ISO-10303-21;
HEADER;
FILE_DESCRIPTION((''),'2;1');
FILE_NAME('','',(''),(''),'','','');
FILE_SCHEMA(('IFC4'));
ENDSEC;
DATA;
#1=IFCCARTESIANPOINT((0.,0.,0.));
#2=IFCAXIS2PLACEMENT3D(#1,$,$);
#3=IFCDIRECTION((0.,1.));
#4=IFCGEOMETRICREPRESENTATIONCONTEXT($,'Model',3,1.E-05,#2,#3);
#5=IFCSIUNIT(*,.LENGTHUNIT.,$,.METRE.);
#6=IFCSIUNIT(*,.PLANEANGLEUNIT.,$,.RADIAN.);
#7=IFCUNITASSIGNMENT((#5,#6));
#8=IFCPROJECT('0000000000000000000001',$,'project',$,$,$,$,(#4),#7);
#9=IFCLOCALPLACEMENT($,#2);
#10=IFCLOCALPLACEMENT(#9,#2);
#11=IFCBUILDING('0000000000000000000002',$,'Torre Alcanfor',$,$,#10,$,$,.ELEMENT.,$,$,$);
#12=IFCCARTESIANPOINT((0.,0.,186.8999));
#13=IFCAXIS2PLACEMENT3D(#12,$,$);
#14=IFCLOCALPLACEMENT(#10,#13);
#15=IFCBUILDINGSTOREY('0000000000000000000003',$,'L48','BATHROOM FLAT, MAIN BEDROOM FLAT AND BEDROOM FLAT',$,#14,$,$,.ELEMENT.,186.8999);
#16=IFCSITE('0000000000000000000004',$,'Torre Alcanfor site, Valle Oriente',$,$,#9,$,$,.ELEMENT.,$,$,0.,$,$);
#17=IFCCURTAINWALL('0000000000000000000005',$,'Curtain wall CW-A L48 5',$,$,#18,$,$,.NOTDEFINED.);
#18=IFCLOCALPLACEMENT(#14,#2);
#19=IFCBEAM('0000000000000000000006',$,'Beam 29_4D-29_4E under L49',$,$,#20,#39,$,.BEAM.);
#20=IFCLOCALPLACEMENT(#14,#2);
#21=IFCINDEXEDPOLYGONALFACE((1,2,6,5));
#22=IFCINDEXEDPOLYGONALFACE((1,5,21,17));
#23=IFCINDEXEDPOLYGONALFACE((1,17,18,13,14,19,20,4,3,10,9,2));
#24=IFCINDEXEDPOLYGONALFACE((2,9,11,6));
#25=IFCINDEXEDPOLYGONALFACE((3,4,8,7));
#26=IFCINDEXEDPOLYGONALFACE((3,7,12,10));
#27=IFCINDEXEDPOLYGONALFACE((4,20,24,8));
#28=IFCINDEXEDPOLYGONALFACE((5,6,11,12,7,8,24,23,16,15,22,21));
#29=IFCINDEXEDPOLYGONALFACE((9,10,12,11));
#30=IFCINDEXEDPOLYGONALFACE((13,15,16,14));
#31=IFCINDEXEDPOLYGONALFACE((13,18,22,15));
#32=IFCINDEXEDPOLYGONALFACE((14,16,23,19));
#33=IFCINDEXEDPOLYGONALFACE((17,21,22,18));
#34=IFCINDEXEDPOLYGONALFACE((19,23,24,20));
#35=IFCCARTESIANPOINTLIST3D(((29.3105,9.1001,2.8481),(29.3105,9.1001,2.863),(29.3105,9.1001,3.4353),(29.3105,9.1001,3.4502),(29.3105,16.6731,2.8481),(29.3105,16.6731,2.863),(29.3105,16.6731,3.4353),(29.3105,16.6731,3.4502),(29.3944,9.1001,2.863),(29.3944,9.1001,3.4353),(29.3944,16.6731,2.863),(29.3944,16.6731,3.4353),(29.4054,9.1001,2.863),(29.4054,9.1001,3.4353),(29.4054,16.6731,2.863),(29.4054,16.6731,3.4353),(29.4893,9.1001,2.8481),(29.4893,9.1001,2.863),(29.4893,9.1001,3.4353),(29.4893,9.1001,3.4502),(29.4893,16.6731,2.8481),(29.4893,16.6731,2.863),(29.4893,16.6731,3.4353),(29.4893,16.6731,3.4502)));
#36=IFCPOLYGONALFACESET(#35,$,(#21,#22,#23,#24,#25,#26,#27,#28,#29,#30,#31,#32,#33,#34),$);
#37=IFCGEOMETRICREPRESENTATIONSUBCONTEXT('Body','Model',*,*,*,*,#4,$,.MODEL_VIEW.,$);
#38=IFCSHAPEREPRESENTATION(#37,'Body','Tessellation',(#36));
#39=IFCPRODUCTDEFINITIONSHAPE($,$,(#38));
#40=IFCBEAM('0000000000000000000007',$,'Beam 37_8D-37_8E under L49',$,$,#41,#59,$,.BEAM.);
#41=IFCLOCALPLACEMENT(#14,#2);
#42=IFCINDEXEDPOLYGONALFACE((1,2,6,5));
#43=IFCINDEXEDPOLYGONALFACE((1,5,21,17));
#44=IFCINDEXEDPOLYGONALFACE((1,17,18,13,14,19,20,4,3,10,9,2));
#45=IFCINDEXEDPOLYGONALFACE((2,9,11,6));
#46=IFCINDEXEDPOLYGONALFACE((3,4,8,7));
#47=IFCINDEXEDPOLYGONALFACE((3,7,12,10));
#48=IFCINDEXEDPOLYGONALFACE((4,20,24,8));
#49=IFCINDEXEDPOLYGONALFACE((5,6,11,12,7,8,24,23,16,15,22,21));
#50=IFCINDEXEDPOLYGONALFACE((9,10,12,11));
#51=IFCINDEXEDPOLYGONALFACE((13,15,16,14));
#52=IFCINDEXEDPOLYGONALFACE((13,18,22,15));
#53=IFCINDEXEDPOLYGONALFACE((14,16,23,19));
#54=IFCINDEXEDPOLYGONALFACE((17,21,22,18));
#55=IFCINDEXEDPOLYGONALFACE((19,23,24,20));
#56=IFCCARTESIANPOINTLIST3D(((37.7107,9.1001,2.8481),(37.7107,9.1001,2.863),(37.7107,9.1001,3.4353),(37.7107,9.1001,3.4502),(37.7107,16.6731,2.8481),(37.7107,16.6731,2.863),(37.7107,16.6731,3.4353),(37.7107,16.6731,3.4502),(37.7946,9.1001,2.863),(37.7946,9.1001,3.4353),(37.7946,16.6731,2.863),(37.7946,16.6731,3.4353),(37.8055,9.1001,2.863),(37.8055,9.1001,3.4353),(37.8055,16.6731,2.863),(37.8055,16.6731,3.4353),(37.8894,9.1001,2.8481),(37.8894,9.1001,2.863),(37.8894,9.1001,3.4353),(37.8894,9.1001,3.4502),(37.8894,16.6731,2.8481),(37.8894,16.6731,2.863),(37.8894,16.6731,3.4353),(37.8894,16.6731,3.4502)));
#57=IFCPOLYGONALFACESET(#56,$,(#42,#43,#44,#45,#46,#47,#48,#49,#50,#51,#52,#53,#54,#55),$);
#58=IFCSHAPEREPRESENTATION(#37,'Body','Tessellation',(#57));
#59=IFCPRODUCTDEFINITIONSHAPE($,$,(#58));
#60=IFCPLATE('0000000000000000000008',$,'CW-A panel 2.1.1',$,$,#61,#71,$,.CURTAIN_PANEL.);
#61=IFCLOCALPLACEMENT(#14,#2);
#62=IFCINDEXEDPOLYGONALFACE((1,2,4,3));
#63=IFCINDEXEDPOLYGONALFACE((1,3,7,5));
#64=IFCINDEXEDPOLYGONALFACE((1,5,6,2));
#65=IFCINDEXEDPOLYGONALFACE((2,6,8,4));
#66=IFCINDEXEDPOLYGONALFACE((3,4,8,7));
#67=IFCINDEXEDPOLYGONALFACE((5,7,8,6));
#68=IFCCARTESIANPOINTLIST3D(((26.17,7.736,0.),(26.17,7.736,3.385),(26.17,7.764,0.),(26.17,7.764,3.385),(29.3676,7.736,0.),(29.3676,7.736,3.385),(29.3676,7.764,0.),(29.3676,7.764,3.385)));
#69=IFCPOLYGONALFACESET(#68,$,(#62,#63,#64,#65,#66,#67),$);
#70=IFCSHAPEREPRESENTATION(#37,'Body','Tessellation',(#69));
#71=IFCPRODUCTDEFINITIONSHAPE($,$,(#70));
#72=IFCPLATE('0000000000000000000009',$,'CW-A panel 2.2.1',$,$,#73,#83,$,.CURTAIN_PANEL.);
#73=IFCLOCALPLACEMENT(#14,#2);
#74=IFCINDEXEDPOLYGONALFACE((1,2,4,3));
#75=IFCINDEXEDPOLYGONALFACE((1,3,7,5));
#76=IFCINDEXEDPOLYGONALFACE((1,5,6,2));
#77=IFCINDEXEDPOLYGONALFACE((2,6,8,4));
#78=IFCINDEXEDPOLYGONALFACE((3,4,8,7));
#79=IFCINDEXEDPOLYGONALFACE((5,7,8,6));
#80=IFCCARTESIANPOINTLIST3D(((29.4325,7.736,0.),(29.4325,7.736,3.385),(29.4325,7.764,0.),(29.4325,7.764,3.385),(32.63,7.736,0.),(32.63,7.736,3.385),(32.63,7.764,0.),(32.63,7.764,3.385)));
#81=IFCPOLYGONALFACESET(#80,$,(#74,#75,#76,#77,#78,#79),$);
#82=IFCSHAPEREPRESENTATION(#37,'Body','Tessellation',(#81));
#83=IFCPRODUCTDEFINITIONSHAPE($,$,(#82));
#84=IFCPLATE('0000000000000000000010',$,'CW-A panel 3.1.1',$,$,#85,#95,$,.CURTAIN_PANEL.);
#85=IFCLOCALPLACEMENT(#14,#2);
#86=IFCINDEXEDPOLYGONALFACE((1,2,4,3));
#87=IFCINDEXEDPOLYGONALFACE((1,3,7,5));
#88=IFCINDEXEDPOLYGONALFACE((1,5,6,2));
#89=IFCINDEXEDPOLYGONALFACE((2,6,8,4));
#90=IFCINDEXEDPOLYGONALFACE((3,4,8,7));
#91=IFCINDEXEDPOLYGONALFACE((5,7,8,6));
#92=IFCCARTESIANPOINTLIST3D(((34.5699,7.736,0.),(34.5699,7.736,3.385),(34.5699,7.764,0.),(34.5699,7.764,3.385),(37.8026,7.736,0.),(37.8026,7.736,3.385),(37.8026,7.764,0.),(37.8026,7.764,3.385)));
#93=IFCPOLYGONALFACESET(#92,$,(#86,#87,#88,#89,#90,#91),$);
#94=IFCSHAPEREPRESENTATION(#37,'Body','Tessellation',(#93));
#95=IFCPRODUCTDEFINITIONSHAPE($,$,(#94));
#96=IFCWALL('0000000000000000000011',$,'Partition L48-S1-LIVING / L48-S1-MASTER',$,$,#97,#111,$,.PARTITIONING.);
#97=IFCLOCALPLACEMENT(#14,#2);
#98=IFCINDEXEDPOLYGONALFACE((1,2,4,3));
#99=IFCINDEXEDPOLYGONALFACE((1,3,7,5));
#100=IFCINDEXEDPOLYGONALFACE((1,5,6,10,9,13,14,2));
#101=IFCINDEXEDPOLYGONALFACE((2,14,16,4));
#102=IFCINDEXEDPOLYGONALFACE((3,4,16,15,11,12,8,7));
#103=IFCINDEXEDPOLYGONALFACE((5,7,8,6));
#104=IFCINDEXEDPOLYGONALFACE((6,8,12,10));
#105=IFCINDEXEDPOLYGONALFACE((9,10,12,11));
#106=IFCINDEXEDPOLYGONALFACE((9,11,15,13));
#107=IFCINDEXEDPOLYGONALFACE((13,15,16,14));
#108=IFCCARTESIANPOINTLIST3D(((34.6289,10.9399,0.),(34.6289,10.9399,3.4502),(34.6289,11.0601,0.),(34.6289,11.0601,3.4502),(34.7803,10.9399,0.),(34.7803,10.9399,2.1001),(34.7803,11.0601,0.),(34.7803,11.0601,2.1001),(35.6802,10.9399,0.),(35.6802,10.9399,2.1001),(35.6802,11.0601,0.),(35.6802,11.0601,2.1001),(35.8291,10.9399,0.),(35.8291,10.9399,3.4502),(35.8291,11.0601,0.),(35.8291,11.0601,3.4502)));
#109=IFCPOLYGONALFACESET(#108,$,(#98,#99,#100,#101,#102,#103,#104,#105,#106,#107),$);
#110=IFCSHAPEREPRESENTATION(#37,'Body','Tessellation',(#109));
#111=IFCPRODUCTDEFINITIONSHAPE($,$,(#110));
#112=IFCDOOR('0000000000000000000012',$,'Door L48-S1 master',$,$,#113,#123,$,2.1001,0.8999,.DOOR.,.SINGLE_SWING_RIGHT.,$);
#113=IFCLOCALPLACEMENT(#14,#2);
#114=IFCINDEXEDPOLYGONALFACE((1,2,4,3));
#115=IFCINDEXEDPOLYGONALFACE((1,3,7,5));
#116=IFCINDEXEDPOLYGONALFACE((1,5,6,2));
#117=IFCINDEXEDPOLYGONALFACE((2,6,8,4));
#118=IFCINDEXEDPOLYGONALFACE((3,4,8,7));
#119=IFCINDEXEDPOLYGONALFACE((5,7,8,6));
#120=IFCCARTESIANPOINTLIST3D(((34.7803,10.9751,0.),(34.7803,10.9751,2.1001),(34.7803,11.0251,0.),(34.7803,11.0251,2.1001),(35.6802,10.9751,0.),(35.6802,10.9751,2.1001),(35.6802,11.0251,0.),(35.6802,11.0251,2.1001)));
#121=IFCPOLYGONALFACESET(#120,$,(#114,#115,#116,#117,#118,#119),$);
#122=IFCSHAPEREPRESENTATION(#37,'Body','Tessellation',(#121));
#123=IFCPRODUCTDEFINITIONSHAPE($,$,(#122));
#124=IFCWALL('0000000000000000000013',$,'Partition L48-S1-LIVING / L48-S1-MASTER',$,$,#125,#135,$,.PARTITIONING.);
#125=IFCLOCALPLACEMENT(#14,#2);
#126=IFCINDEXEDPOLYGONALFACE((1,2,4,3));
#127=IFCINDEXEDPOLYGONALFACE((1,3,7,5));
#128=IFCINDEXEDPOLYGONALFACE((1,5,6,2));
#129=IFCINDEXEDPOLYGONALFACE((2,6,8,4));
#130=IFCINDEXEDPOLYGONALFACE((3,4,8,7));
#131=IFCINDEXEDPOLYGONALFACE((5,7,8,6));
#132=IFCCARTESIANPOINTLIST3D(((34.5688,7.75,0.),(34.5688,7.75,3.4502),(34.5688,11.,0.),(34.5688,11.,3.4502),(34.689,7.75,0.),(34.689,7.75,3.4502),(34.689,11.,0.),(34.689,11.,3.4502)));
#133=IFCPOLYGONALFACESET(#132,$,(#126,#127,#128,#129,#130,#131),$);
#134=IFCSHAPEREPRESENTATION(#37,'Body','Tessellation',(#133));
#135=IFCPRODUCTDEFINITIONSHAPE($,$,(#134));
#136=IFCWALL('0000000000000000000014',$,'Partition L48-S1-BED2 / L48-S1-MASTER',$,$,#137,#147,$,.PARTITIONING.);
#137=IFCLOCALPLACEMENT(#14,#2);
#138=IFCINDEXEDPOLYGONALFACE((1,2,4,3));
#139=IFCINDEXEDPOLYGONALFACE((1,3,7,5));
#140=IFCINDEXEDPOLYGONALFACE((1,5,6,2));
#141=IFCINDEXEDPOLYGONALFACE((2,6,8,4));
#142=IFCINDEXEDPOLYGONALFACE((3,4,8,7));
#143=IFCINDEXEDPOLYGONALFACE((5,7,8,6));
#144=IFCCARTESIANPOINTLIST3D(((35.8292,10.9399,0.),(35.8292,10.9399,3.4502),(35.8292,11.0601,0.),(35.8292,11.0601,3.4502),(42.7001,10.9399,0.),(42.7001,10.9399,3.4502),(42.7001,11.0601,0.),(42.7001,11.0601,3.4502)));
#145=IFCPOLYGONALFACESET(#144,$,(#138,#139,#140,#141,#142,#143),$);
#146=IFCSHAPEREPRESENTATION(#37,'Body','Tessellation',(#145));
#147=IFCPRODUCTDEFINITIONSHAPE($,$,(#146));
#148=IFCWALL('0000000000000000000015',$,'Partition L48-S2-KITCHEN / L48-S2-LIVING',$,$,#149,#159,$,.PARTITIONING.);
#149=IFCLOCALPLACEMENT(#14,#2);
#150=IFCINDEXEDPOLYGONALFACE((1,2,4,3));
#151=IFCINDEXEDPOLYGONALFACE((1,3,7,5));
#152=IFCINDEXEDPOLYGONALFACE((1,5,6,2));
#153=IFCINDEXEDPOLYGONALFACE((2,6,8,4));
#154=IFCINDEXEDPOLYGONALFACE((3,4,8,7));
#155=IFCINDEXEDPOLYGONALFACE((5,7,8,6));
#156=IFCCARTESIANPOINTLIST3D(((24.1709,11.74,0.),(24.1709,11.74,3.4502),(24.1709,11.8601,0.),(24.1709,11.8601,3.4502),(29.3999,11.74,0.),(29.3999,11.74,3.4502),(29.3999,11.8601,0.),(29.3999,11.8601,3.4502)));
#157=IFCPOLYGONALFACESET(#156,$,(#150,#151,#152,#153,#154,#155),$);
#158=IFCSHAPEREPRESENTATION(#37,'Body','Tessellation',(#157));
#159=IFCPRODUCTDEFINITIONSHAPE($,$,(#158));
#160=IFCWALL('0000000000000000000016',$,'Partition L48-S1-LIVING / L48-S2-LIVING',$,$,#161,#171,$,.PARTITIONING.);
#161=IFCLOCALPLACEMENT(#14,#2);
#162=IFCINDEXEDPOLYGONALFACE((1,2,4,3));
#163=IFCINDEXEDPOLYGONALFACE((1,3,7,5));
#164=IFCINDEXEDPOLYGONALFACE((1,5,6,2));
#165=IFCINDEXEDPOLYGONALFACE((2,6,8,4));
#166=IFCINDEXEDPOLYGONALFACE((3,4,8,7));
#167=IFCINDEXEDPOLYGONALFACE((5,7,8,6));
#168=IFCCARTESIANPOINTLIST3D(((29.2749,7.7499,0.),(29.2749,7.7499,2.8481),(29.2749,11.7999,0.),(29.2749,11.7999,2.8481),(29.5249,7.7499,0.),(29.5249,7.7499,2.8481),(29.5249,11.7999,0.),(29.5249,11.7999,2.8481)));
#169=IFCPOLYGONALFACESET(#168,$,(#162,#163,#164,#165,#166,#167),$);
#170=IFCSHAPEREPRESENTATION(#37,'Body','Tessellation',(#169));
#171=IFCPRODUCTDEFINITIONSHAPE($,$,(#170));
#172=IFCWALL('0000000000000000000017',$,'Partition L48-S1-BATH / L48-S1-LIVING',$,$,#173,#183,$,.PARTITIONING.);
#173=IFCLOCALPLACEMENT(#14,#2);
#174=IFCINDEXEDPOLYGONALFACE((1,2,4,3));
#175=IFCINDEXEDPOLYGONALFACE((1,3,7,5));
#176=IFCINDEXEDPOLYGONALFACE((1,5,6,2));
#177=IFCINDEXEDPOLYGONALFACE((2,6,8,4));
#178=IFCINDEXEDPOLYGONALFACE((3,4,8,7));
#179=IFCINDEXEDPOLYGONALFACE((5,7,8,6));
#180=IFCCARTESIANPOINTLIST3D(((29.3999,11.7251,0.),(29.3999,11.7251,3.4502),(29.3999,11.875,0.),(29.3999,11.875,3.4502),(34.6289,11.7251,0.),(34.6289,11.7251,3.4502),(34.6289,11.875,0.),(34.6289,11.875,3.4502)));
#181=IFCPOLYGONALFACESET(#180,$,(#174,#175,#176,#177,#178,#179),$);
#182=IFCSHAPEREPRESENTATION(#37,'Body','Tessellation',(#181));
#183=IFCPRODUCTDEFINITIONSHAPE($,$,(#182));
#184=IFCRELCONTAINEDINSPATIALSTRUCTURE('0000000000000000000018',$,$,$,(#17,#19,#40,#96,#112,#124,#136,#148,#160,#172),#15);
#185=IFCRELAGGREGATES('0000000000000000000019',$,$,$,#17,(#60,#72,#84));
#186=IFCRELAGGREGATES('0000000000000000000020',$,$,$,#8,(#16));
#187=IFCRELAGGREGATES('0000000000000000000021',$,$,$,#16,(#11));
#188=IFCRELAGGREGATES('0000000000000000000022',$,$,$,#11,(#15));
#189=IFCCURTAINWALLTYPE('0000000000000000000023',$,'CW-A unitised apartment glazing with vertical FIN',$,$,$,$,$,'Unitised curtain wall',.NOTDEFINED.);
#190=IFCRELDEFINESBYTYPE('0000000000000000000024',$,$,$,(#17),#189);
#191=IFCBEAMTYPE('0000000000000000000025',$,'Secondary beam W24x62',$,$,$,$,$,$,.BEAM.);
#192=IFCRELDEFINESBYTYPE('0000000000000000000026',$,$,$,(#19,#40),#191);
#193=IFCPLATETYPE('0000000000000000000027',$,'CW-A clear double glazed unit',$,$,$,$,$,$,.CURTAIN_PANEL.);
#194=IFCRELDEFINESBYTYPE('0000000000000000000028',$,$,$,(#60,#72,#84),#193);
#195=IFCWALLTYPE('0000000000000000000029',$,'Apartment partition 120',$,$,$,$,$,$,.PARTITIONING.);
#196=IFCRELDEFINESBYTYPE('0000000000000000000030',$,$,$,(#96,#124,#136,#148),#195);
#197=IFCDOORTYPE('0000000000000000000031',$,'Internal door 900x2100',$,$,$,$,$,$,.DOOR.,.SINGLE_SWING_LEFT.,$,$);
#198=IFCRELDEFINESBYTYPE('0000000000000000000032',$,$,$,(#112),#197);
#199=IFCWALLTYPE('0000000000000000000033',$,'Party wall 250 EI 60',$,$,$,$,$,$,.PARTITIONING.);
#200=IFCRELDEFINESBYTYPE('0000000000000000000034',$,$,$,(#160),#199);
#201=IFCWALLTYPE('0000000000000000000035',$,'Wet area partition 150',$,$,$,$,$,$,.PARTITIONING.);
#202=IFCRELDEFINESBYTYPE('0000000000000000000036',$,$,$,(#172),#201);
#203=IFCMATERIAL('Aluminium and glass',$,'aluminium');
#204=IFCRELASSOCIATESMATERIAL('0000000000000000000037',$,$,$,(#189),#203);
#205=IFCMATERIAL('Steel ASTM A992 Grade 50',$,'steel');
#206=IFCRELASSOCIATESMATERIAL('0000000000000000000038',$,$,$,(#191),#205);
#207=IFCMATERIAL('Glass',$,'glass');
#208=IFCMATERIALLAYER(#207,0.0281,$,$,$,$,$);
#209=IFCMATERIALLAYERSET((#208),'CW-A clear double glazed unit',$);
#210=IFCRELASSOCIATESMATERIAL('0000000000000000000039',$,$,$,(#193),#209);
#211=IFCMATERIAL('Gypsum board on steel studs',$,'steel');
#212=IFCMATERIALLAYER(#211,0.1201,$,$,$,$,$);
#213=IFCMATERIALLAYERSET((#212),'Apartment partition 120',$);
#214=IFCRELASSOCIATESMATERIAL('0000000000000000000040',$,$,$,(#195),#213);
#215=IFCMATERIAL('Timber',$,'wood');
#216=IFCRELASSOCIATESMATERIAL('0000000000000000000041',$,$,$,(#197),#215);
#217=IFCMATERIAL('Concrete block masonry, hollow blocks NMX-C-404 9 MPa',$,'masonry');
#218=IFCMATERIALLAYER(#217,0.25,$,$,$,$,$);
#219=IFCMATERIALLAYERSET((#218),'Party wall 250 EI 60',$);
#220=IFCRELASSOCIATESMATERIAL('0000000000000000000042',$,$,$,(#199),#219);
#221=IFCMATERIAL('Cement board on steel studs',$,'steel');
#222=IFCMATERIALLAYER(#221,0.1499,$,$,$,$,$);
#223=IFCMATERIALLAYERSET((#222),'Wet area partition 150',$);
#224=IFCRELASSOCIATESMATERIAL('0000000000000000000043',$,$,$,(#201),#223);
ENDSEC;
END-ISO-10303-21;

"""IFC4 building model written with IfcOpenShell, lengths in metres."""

from ifc_helpers import new_model, si_unit, direction, frame, frame_2d, origin, origin_2d, place, context, subcontext, project, spatial, rectangle, i_section, extrude, material, layer, layer_set, material_profile, profile_set, type_object, element, fill, aggregate, save


model = new_model("IFC4")

# Units and contexts
model_context = context("Model", 3, precision=1e-05, world=origin(), true_north=direction((0.0, 1.0)))
body_context = subcontext(model_context, "Body", "Model", "MODEL_VIEW")
ifc_project = project(units=[si_unit("LENGTHUNIT", "METRE"), si_unit("PLANEANGLEUNIT", "RADIAN")], contexts=[model_context])

# Site, building, storey
site_placement = place(None, origin())
site = spatial("IfcSite", under=ifc_project, at=site_placement, Name="Torre Alcanfor site, Valle Oriente", CompositionType="ELEMENT", RefElevation=0.0)
building_placement = place(site_placement, origin())
building = spatial("IfcBuilding", under=site, at=building_placement, Name="Torre Alcanfor", CompositionType="ELEMENT")
storey_placement = place(building_placement, frame((0.0, 0.0, 186.8999)))
storey = spatial("IfcBuildingStorey", under=building, at=storey_placement, Name="L48", Description="BATHROOM FLAT, MAIN BEDROOM FLAT AND BEDROOM FLAT", CompositionType="ELEMENT", Elevation=186.8999)

# Curtain wall
ifc_material_1 = material(Name="Aluminium and glass", Category="aluminium")
curtain_wall_type = type_object("IfcCurtainWallType", Name="CW-A unitised apartment glazing with vertical FIN", ElementType="Unitised curtain wall", PredefinedType="NOTDEFINED", material=ifc_material_1)
curtain_wall_placement = place(storey_placement, origin())
curtain_wall = element("IfcCurtainWall", 1, at=curtain_wall_placement, inside=storey, type_object=curtain_wall_type, Name="Curtain wall CW-A L48 5", PredefinedType="NOTDEFINED")

# Beams
ifc_material_2 = material(Name="Steel ASTM A992 Grade 50", Category="steel")
ifc_material_profile_1 = material_profile(ifc_material_2, i_section(OverallWidth=0.1787, OverallDepth=0.6021, WebThickness=0.011, FlangeThickness=0.0149, at=origin_2d()), Name="W24x62")
ifc_profile_set_1 = profile_set([ifc_material_profile_1], Name="Steel ASTM A992 Grade 50")
beam_type_1 = type_object("IfcBeamType", Name="Secondary beam W24x62", PredefinedType="BEAM", material=ifc_profile_set_1)
for number, where, z_axis, x_axis, name in (
    (2, (29.3999, 9.1001, 3.1492), (0.0, 1.0, 0.0), (-1.0, 0.0, 0.0), "Beam 29_4D-29_4E under L49"),
    (3, (37.8, 9.1001, 3.1492), (0.0, 1.0, 0.0), (-1.0, 0.0, 0.0), "Beam 37_8D-37_8E under L49"),
):
    element("IfcBeam", number, at=place(storey_placement, frame(where, z_axis=z_axis, x_axis=x_axis)), inside=storey, type_object=beam_type_1, Name=name, PredefinedType="BEAM", context=body_context, shape_type="SweptSolid", body=[
        extrude(i_section(OverallWidth=0.1787, OverallDepth=0.6021, WebThickness=0.011, FlangeThickness=0.0149, at=origin_2d()), origin(), (0.0, 0.0, 1.0), 7.573),
    ])

# Plates
ifc_material_3 = material(Name="Glass", Category="glass")
ifc_layer_1 = layer(ifc_material_3, 0.0281)
ifc_layer_set_1 = layer_set([ifc_layer_1], Name="CW-A clear double glazed unit")
plate_type = type_object("IfcPlateType", Name="CW-A clear double glazed unit", PredefinedType="CURTAIN_PANEL", material=ifc_layer_set_1)
plate_1_placement = place(storey_placement, frame((27.7688, 7.75, 0.0), z_axis=(0.0, 0.0, 1.0), x_axis=(1.0, 0.0, 0.0)))
plate_1 = element("IfcPlate", 4, at=plate_1_placement, type_object=plate_type, Name="CW-A panel 2.1.1", PredefinedType="CURTAIN_PANEL", context=body_context, shape_type="SweptSolid", body=[
    extrude(rectangle(XDim=3.1975, YDim=0.0281, at=origin_2d()), origin(), (0.0, 0.0, 1.0), 3.385),
])
plate_2_placement = place(storey_placement, frame((31.0312, 7.75, 0.0), z_axis=(0.0, 0.0, 1.0), x_axis=(1.0, 0.0, 0.0)))
plate_2 = element("IfcPlate", 5, at=plate_2_placement, type_object=plate_type, Name="CW-A panel 2.2.1", PredefinedType="CURTAIN_PANEL", context=body_context, shape_type="SweptSolid", body=[
    extrude(rectangle(XDim=3.1975, YDim=0.0281, at=origin_2d()), origin(), (0.0, 0.0, 1.0), 3.385),
])
plate_3_placement = place(storey_placement, frame((36.1863, 7.75, 0.0), z_axis=(0.0, 0.0, 1.0), x_axis=(1.0, 0.0, 0.0)))
plate_3 = element("IfcPlate", 6, at=plate_3_placement, type_object=plate_type, Name="CW-A panel 3.1.1", PredefinedType="CURTAIN_PANEL", context=body_context, shape_type="SweptSolid", body=[
    extrude(rectangle(XDim=3.2327, YDim=0.0281, at=origin_2d()), origin(), (0.0, 0.0, 1.0), 3.385),
])
aggregate(curtain_wall, [plate_1, plate_2, plate_3])

# Wall, opening, door
ifc_material_4 = material(Name="Gypsum board on steel studs", Category="steel")
ifc_layer_2 = layer(ifc_material_4, 0.1201)
ifc_layer_set_2 = layer_set([ifc_layer_2], Name="Apartment partition 120")
wall_type_1 = type_object("IfcWallType", Name="Apartment partition 120", PredefinedType="PARTITIONING", material=ifc_layer_set_2)
wall_1_placement = place(storey_placement, frame((35.8291, 11.0, 0.0), z_axis=(0.0, 0.0, 1.0), x_axis=(-1.0, 0.0, 0.0)))
wall_1 = element("IfcWall", 7, at=wall_1_placement, inside=storey, type_object=wall_type_1, Name="Partition L48-S1-LIVING / L48-S1-MASTER", PredefinedType="PARTITIONING", context=body_context, shape_type="SweptSolid", body=[
    extrude(rectangle(XDim=1.2002, YDim=0.1201, at=frame_2d((0.6001, 0.0))), origin(), (0.0, 0.0, 1.0), 3.4502),
])
opening_1_placement = place(wall_1_placement, frame((0.1489, 0.0, 0.0)))
opening_1 = element("IfcOpeningElement", 8, at=opening_1_placement, cuts=wall_1, PredefinedType="OPENING", context=body_context, shape_type="SweptSolid", body=[
    extrude(rectangle(XDim=0.8999, YDim=2.1001, at=frame_2d((0.45, 1.05))), frame((0.0, 0.0701, 0.0), z_axis=(0.0, -1.0, 0.0), x_axis=(1.0, 0.0, 0.0)), (0.0, 0.0, 1.0), 0.1401),
])
ifc_material_5 = material(Name="Timber", Category="wood")
door_type_1 = type_object("IfcDoorType", Name="Internal door 900x2100", OperationType="SINGLE_SWING_LEFT", PredefinedType="DOOR", material=ifc_material_5)
door_1_placement = place(opening_1_placement, origin())
door_1 = element("IfcDoor", 9, at=door_1_placement, inside=storey, type_object=door_type_1, Name="Door L48-S1 master", OperationType="SINGLE_SWING_RIGHT", OverallHeight=2.1001, OverallWidth=0.8999, PredefinedType="DOOR", context=body_context, shape_type="SweptSolid", body=[
    extrude(rectangle(XDim=0.8999, YDim=2.1001, at=frame_2d((0.45, 1.05))), frame((0.0, 0.0249, 0.0), z_axis=(0.0, -1.0, 0.0), x_axis=(1.0, 0.0, 0.0)), (0.0, 0.0, 1.0), 0.05),
])
fill(opening_1, door_1)

# Walls
wall_2_placement = place(storey_placement, frame((34.6289, 11.0, 0.0), z_axis=(0.0, 0.0, 1.0), x_axis=(0.0, -1.0, 0.0)))
element("IfcWall", 10, at=wall_2_placement, inside=storey, type_object=wall_type_1, Name="Partition L48-S1-LIVING / L48-S1-MASTER", PredefinedType="PARTITIONING", context=body_context, shape_type="SweptSolid", body=[
    extrude(rectangle(XDim=3.25, YDim=0.1201, at=frame_2d((1.625, 0.0))), origin(), (0.0, 0.0, 1.0), 3.4502),
])
wall_3_placement = place(storey_placement, frame((35.8291, 11.0, 0.0), z_axis=(0.0, 0.0, 1.0), x_axis=(1.0, 0.0, 0.0)))
element("IfcWall", 11, at=wall_3_placement, inside=storey, type_object=wall_type_1, Name="Partition L48-S1-BED2 / L48-S1-MASTER", PredefinedType="PARTITIONING", context=body_context, shape_type="SweptSolid", body=[
    extrude(rectangle(XDim=6.8708, YDim=0.1201, at=frame_2d((3.4355, 0.0))), origin(), (0.0, 0.0, 1.0), 3.4502),
])
wall_4_placement = place(storey_placement, frame((29.3999, 11.8, 0.0), z_axis=(0.0, 0.0, 1.0), x_axis=(-1.0, 0.0, 0.0)))
element("IfcWall", 12, at=wall_4_placement, inside=storey, type_object=wall_type_1, Name="Partition L48-S2-KITCHEN / L48-S2-LIVING", PredefinedType="PARTITIONING", context=body_context, shape_type="SweptSolid", body=[
    extrude(rectangle(XDim=5.229, YDim=0.1201, at=frame_2d((2.6145, 0.0))), origin(), (0.0, 0.0, 1.0), 3.4502),
])
ifc_material_6 = material(Name="Concrete block masonry, hollow blocks NMX-C-404 9 MPa", Category="masonry")
ifc_layer_3 = layer(ifc_material_6, 0.25)
ifc_layer_set_3 = layer_set([ifc_layer_3], Name="Party wall 250 EI 60")
wall_type_2 = type_object("IfcWallType", Name="Party wall 250 EI 60", PredefinedType="PARTITIONING", material=ifc_layer_set_3)
wall_5_placement = place(storey_placement, frame((29.3999, 7.75, 0.0), z_axis=(0.0, 0.0, 1.0), x_axis=(0.0, 1.0, 0.0)))
element("IfcWall", 13, at=wall_5_placement, inside=storey, type_object=wall_type_2, Name="Partition L48-S1-LIVING / L48-S2-LIVING", PredefinedType="PARTITIONING", context=body_context, shape_type="SweptSolid", body=[
    extrude(rectangle(XDim=4.05, YDim=0.25, at=frame_2d((2.0249, 0.0))), origin(), (0.0, 0.0, 1.0), 2.8481),
])
ifc_material_7 = material(Name="Cement board on steel studs", Category="steel")
ifc_layer_4 = layer(ifc_material_7, 0.1499)
ifc_layer_set_4 = layer_set([ifc_layer_4], Name="Wet area partition 150")
wall_type_3 = type_object("IfcWallType", Name="Wet area partition 150", PredefinedType="PARTITIONING", material=ifc_layer_set_4)
wall_6_placement = place(storey_placement, frame((29.3999, 11.8, 0.0), z_axis=(0.0, 0.0, 1.0), x_axis=(1.0, 0.0, 0.0)))
element("IfcWall", 14, at=wall_6_placement, inside=storey, type_object=wall_type_3, Name="Partition L48-S1-BATH / L48-S1-LIVING", PredefinedType="PARTITIONING", context=body_context, shape_type="SweptSolid", body=[
    extrude(rectangle(XDim=5.229, YDim=0.1499, at=frame_2d((2.6145, 0.0))), origin(), (0.0, 0.0, 1.0), 3.4502),
])

save(model, "model.ifc")
